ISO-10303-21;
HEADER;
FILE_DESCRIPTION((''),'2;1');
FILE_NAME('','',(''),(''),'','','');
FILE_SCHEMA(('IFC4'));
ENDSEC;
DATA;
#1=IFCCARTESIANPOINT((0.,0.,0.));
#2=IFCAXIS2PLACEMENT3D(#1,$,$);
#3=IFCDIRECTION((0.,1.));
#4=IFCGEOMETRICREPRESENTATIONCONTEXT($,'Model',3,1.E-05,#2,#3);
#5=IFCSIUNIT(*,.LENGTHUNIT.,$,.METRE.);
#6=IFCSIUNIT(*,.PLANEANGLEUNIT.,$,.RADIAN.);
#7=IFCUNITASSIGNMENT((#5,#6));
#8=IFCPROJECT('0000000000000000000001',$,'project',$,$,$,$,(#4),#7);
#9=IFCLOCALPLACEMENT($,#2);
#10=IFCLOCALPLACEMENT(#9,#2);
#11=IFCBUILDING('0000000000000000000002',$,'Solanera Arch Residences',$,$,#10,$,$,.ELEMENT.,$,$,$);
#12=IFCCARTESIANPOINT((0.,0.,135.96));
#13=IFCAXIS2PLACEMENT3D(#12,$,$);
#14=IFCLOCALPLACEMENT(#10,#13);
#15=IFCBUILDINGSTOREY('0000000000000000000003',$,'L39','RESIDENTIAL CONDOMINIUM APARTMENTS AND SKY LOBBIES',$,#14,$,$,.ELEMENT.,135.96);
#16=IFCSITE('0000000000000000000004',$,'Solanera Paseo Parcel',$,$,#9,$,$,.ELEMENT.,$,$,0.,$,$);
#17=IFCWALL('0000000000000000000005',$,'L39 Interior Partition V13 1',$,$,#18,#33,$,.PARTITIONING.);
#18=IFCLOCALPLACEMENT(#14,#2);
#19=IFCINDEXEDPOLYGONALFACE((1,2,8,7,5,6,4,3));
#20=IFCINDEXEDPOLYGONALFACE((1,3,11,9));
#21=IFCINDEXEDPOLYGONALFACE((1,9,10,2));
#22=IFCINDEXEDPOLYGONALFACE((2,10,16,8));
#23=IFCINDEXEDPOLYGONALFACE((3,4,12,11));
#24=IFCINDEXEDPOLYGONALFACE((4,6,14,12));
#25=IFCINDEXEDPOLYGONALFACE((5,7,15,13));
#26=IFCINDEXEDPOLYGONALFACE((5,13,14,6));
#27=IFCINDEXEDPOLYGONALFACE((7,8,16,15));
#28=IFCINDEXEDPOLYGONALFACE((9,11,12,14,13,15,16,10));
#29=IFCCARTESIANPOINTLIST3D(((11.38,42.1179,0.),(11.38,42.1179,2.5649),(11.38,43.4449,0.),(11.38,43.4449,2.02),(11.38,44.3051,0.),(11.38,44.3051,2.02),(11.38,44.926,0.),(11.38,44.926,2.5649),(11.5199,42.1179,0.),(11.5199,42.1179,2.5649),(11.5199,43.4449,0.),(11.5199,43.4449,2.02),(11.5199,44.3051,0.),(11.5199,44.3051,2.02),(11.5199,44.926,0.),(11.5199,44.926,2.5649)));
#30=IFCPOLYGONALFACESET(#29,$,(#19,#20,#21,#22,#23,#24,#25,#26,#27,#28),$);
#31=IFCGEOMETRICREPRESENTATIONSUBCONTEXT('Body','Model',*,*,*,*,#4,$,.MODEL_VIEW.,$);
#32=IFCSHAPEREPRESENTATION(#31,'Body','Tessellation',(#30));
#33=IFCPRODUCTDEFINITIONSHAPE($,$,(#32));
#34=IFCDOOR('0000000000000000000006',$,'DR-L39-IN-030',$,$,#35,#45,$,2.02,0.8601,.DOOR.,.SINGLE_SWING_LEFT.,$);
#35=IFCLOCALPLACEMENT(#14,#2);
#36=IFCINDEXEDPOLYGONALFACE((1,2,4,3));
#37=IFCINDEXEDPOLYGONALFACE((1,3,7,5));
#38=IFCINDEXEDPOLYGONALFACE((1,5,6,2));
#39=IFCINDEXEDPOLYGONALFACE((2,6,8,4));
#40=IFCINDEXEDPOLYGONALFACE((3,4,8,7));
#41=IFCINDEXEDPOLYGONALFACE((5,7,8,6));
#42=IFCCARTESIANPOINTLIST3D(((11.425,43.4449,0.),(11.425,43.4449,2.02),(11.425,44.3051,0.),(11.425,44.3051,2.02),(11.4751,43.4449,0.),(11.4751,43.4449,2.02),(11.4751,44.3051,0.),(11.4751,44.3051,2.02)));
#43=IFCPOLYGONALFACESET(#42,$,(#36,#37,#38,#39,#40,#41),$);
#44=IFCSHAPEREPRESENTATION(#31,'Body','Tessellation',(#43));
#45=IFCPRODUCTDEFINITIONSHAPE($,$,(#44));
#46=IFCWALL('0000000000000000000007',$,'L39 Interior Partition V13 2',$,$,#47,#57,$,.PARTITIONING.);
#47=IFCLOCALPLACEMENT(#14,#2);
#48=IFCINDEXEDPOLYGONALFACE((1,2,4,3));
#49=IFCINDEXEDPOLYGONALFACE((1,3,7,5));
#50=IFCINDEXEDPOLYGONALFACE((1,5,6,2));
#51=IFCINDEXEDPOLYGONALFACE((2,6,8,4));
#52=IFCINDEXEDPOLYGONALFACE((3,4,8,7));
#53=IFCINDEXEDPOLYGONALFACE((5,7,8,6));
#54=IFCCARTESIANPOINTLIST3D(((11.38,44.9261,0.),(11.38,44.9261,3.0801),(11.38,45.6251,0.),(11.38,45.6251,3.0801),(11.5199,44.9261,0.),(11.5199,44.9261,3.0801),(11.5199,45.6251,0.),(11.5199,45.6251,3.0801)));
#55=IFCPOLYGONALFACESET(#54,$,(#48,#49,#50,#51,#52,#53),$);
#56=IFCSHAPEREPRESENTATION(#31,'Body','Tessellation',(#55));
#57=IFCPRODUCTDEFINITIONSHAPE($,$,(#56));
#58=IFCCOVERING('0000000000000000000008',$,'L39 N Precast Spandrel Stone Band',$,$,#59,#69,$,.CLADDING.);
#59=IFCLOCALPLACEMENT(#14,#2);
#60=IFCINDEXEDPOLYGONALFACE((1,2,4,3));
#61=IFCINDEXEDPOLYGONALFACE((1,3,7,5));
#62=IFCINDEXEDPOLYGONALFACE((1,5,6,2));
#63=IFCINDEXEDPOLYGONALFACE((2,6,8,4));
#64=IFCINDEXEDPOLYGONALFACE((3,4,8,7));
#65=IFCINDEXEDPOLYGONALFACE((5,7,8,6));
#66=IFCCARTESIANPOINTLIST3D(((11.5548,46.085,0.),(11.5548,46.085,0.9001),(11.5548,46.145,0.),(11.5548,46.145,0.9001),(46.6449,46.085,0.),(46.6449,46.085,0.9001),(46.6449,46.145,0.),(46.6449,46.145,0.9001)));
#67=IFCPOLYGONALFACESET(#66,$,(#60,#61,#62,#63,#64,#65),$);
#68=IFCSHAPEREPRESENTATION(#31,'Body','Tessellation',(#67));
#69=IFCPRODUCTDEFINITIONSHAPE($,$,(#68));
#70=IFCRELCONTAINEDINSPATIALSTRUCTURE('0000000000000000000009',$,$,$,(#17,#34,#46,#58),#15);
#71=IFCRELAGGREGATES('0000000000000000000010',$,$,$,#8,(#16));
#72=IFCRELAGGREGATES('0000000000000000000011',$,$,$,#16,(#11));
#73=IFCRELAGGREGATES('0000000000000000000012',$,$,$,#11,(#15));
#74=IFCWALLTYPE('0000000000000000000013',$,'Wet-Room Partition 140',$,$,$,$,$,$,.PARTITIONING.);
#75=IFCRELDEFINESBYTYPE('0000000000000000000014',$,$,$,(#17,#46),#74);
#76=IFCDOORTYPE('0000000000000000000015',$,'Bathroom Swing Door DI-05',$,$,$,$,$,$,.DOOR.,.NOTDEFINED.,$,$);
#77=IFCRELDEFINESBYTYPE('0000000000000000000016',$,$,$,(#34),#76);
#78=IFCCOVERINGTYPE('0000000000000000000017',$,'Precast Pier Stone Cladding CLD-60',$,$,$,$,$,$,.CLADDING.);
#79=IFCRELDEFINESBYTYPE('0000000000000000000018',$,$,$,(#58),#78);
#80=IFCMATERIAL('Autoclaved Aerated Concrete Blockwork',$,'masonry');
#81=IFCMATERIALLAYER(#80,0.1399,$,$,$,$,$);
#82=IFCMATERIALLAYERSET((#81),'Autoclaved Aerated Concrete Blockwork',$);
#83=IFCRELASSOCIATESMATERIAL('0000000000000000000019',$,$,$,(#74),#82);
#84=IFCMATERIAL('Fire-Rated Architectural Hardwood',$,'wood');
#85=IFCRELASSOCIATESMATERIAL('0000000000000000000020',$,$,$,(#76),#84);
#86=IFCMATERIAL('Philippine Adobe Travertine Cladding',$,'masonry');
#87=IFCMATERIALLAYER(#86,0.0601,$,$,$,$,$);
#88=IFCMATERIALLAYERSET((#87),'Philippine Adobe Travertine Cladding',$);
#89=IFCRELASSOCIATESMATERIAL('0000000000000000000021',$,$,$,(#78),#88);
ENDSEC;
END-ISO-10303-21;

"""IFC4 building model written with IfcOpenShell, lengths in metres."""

from ifc_helpers import new_model, si_unit, direction, frame, frame_2d, origin, place, context, subcontext, project, spatial, rectangle, extrude, material, layer, layer_set, type_object, element, fill, save


model = new_model("IFC4")

# Units and contexts
model_context = context("Model", 3, precision=1e-05, world=origin(), true_north=direction((0.0, 1.0)))
body_context = subcontext(model_context, "Body", "Model", "MODEL_VIEW")
ifc_project = project(units=[si_unit("LENGTHUNIT", "METRE"), si_unit("PLANEANGLEUNIT", "RADIAN")], contexts=[model_context])

# Site, building, storey
site_placement = place(None, origin())
site = spatial("IfcSite", under=ifc_project, at=site_placement, Name="Solanera Paseo Parcel", CompositionType="ELEMENT", RefElevation=0.0)
building_placement = place(site_placement, origin())
building = spatial("IfcBuilding", under=site, at=building_placement, Name="Solanera Arch Residences", CompositionType="ELEMENT")
storey_placement = place(building_placement, frame((0.0, 0.0, 135.96)))
storey = spatial("IfcBuildingStorey", under=building, at=storey_placement, Name="L39", Description="RESIDENTIAL CONDOMINIUM APARTMENTS AND SKY LOBBIES", CompositionType="ELEMENT", Elevation=135.96)

# Shared definitions
ifc_material_1 = material(Name="Autoclaved Aerated Concrete Blockwork", Category="masonry")
ifc_layer_1 = layer(ifc_material_1, 0.1399)
ifc_layer_set_1 = layer_set([ifc_layer_1], Name="Autoclaved Aerated Concrete Blockwork")
wall_type_1 = type_object("IfcWallType", Name="Wet-Room Partition 140", PredefinedType="PARTITIONING", material=ifc_layer_set_1)

# Wall, opening, door
wall_1_placement = place(storey_placement, frame((11.45, 42.1179, 0.0), z_axis=(0.0, 0.0, 1.0), x_axis=(0.0, 1.0, 0.0)))
wall_1 = element("IfcWall", 1, at=wall_1_placement, inside=storey, type_object=wall_type_1, Name="L39 Interior Partition V13 1", PredefinedType="PARTITIONING", context=body_context, shape_type="SweptSolid", body=[
    extrude(rectangle(XDim=2.8081, YDim=0.1399, at=frame_2d((1.4041, 0.0))), origin(), (0.0, 0.0, 1.0), 2.5649),
])
opening_1_placement = place(wall_1_placement, frame((1.3269, 0.0, 0.0)))
opening_1 = element("IfcOpeningElement", 2, at=opening_1_placement, cuts=wall_1, PredefinedType="OPENING", context=body_context, shape_type="SweptSolid", body=[
    extrude(rectangle(XDim=0.8601, YDim=2.02, at=frame_2d((0.4302, 1.01))), frame((0.0, 0.0798, 0.0), z_axis=(0.0, -1.0, 0.0), x_axis=(1.0, 0.0, 0.0)), (0.0, 0.0, 1.0), 0.1599),
])
ifc_material_2 = material(Name="Fire-Rated Architectural Hardwood", Category="wood")
door_type_1 = type_object("IfcDoorType", Name="Bathroom Swing Door DI-05", OperationType="NOTDEFINED", PredefinedType="DOOR", material=ifc_material_2)
door_1_placement = place(opening_1_placement, origin())
door_1 = element("IfcDoor", 3, at=door_1_placement, inside=storey, type_object=door_type_1, Name="DR-L39-IN-030", OperationType="SINGLE_SWING_LEFT", OverallHeight=2.02, OverallWidth=0.8601, PredefinedType="DOOR", context=body_context, shape_type="SweptSolid", body=[
    extrude(rectangle(XDim=0.8601, YDim=2.02, at=frame_2d((0.4302, 1.01))), frame((0.0, 0.0249, 0.0), z_axis=(0.0, -1.0, 0.0), x_axis=(1.0, 0.0, 0.0)), (0.0, 0.0, 1.0), 0.05),
])
fill(opening_1, door_1)

# Wall
wall_2_placement = place(storey_placement, frame((11.45, 44.926, 0.0), z_axis=(0.0, 0.0, 1.0), x_axis=(0.0, 1.0, 0.0)))
element("IfcWall", 4, at=wall_2_placement, inside=storey, type_object=wall_type_1, Name="L39 Interior Partition V13 2", PredefinedType="PARTITIONING", context=body_context, shape_type="SweptSolid", body=[
    extrude(rectangle(XDim=0.699, YDim=0.1399, at=frame_2d((0.3496, 0.0))), origin(), (0.0, 0.0, 1.0), 3.0801),
])

# Covering
ifc_material_3 = material(Name="Philippine Adobe Travertine Cladding", Category="masonry")
ifc_layer_2 = layer(ifc_material_3, 0.0601)
ifc_layer_set_2 = layer_set([ifc_layer_2], Name="Philippine Adobe Travertine Cladding")
covering_type = type_object("IfcCoveringType", Name="Precast Pier Stone Cladding CLD-60", PredefinedType="CLADDING", material=ifc_layer_set_2)
covering_placement = place(storey_placement, frame((11.5549, 46.115, 0.0), z_axis=(0.0, 0.0, 1.0), x_axis=(1.0, 0.0, 0.0)))
element("IfcCovering", 5, at=covering_placement, inside=storey, type_object=covering_type, Name="L39 N Precast Spandrel Stone Band", PredefinedType="CLADDING", context=body_context, shape_type="SweptSolid", body=[
    extrude(rectangle(XDim=35.0901, YDim=0.0601, at=frame_2d((17.5449, 0.0))), origin(), (0.0, 0.0, 1.0), 0.9001),
])

save(model, "model.ifc")
